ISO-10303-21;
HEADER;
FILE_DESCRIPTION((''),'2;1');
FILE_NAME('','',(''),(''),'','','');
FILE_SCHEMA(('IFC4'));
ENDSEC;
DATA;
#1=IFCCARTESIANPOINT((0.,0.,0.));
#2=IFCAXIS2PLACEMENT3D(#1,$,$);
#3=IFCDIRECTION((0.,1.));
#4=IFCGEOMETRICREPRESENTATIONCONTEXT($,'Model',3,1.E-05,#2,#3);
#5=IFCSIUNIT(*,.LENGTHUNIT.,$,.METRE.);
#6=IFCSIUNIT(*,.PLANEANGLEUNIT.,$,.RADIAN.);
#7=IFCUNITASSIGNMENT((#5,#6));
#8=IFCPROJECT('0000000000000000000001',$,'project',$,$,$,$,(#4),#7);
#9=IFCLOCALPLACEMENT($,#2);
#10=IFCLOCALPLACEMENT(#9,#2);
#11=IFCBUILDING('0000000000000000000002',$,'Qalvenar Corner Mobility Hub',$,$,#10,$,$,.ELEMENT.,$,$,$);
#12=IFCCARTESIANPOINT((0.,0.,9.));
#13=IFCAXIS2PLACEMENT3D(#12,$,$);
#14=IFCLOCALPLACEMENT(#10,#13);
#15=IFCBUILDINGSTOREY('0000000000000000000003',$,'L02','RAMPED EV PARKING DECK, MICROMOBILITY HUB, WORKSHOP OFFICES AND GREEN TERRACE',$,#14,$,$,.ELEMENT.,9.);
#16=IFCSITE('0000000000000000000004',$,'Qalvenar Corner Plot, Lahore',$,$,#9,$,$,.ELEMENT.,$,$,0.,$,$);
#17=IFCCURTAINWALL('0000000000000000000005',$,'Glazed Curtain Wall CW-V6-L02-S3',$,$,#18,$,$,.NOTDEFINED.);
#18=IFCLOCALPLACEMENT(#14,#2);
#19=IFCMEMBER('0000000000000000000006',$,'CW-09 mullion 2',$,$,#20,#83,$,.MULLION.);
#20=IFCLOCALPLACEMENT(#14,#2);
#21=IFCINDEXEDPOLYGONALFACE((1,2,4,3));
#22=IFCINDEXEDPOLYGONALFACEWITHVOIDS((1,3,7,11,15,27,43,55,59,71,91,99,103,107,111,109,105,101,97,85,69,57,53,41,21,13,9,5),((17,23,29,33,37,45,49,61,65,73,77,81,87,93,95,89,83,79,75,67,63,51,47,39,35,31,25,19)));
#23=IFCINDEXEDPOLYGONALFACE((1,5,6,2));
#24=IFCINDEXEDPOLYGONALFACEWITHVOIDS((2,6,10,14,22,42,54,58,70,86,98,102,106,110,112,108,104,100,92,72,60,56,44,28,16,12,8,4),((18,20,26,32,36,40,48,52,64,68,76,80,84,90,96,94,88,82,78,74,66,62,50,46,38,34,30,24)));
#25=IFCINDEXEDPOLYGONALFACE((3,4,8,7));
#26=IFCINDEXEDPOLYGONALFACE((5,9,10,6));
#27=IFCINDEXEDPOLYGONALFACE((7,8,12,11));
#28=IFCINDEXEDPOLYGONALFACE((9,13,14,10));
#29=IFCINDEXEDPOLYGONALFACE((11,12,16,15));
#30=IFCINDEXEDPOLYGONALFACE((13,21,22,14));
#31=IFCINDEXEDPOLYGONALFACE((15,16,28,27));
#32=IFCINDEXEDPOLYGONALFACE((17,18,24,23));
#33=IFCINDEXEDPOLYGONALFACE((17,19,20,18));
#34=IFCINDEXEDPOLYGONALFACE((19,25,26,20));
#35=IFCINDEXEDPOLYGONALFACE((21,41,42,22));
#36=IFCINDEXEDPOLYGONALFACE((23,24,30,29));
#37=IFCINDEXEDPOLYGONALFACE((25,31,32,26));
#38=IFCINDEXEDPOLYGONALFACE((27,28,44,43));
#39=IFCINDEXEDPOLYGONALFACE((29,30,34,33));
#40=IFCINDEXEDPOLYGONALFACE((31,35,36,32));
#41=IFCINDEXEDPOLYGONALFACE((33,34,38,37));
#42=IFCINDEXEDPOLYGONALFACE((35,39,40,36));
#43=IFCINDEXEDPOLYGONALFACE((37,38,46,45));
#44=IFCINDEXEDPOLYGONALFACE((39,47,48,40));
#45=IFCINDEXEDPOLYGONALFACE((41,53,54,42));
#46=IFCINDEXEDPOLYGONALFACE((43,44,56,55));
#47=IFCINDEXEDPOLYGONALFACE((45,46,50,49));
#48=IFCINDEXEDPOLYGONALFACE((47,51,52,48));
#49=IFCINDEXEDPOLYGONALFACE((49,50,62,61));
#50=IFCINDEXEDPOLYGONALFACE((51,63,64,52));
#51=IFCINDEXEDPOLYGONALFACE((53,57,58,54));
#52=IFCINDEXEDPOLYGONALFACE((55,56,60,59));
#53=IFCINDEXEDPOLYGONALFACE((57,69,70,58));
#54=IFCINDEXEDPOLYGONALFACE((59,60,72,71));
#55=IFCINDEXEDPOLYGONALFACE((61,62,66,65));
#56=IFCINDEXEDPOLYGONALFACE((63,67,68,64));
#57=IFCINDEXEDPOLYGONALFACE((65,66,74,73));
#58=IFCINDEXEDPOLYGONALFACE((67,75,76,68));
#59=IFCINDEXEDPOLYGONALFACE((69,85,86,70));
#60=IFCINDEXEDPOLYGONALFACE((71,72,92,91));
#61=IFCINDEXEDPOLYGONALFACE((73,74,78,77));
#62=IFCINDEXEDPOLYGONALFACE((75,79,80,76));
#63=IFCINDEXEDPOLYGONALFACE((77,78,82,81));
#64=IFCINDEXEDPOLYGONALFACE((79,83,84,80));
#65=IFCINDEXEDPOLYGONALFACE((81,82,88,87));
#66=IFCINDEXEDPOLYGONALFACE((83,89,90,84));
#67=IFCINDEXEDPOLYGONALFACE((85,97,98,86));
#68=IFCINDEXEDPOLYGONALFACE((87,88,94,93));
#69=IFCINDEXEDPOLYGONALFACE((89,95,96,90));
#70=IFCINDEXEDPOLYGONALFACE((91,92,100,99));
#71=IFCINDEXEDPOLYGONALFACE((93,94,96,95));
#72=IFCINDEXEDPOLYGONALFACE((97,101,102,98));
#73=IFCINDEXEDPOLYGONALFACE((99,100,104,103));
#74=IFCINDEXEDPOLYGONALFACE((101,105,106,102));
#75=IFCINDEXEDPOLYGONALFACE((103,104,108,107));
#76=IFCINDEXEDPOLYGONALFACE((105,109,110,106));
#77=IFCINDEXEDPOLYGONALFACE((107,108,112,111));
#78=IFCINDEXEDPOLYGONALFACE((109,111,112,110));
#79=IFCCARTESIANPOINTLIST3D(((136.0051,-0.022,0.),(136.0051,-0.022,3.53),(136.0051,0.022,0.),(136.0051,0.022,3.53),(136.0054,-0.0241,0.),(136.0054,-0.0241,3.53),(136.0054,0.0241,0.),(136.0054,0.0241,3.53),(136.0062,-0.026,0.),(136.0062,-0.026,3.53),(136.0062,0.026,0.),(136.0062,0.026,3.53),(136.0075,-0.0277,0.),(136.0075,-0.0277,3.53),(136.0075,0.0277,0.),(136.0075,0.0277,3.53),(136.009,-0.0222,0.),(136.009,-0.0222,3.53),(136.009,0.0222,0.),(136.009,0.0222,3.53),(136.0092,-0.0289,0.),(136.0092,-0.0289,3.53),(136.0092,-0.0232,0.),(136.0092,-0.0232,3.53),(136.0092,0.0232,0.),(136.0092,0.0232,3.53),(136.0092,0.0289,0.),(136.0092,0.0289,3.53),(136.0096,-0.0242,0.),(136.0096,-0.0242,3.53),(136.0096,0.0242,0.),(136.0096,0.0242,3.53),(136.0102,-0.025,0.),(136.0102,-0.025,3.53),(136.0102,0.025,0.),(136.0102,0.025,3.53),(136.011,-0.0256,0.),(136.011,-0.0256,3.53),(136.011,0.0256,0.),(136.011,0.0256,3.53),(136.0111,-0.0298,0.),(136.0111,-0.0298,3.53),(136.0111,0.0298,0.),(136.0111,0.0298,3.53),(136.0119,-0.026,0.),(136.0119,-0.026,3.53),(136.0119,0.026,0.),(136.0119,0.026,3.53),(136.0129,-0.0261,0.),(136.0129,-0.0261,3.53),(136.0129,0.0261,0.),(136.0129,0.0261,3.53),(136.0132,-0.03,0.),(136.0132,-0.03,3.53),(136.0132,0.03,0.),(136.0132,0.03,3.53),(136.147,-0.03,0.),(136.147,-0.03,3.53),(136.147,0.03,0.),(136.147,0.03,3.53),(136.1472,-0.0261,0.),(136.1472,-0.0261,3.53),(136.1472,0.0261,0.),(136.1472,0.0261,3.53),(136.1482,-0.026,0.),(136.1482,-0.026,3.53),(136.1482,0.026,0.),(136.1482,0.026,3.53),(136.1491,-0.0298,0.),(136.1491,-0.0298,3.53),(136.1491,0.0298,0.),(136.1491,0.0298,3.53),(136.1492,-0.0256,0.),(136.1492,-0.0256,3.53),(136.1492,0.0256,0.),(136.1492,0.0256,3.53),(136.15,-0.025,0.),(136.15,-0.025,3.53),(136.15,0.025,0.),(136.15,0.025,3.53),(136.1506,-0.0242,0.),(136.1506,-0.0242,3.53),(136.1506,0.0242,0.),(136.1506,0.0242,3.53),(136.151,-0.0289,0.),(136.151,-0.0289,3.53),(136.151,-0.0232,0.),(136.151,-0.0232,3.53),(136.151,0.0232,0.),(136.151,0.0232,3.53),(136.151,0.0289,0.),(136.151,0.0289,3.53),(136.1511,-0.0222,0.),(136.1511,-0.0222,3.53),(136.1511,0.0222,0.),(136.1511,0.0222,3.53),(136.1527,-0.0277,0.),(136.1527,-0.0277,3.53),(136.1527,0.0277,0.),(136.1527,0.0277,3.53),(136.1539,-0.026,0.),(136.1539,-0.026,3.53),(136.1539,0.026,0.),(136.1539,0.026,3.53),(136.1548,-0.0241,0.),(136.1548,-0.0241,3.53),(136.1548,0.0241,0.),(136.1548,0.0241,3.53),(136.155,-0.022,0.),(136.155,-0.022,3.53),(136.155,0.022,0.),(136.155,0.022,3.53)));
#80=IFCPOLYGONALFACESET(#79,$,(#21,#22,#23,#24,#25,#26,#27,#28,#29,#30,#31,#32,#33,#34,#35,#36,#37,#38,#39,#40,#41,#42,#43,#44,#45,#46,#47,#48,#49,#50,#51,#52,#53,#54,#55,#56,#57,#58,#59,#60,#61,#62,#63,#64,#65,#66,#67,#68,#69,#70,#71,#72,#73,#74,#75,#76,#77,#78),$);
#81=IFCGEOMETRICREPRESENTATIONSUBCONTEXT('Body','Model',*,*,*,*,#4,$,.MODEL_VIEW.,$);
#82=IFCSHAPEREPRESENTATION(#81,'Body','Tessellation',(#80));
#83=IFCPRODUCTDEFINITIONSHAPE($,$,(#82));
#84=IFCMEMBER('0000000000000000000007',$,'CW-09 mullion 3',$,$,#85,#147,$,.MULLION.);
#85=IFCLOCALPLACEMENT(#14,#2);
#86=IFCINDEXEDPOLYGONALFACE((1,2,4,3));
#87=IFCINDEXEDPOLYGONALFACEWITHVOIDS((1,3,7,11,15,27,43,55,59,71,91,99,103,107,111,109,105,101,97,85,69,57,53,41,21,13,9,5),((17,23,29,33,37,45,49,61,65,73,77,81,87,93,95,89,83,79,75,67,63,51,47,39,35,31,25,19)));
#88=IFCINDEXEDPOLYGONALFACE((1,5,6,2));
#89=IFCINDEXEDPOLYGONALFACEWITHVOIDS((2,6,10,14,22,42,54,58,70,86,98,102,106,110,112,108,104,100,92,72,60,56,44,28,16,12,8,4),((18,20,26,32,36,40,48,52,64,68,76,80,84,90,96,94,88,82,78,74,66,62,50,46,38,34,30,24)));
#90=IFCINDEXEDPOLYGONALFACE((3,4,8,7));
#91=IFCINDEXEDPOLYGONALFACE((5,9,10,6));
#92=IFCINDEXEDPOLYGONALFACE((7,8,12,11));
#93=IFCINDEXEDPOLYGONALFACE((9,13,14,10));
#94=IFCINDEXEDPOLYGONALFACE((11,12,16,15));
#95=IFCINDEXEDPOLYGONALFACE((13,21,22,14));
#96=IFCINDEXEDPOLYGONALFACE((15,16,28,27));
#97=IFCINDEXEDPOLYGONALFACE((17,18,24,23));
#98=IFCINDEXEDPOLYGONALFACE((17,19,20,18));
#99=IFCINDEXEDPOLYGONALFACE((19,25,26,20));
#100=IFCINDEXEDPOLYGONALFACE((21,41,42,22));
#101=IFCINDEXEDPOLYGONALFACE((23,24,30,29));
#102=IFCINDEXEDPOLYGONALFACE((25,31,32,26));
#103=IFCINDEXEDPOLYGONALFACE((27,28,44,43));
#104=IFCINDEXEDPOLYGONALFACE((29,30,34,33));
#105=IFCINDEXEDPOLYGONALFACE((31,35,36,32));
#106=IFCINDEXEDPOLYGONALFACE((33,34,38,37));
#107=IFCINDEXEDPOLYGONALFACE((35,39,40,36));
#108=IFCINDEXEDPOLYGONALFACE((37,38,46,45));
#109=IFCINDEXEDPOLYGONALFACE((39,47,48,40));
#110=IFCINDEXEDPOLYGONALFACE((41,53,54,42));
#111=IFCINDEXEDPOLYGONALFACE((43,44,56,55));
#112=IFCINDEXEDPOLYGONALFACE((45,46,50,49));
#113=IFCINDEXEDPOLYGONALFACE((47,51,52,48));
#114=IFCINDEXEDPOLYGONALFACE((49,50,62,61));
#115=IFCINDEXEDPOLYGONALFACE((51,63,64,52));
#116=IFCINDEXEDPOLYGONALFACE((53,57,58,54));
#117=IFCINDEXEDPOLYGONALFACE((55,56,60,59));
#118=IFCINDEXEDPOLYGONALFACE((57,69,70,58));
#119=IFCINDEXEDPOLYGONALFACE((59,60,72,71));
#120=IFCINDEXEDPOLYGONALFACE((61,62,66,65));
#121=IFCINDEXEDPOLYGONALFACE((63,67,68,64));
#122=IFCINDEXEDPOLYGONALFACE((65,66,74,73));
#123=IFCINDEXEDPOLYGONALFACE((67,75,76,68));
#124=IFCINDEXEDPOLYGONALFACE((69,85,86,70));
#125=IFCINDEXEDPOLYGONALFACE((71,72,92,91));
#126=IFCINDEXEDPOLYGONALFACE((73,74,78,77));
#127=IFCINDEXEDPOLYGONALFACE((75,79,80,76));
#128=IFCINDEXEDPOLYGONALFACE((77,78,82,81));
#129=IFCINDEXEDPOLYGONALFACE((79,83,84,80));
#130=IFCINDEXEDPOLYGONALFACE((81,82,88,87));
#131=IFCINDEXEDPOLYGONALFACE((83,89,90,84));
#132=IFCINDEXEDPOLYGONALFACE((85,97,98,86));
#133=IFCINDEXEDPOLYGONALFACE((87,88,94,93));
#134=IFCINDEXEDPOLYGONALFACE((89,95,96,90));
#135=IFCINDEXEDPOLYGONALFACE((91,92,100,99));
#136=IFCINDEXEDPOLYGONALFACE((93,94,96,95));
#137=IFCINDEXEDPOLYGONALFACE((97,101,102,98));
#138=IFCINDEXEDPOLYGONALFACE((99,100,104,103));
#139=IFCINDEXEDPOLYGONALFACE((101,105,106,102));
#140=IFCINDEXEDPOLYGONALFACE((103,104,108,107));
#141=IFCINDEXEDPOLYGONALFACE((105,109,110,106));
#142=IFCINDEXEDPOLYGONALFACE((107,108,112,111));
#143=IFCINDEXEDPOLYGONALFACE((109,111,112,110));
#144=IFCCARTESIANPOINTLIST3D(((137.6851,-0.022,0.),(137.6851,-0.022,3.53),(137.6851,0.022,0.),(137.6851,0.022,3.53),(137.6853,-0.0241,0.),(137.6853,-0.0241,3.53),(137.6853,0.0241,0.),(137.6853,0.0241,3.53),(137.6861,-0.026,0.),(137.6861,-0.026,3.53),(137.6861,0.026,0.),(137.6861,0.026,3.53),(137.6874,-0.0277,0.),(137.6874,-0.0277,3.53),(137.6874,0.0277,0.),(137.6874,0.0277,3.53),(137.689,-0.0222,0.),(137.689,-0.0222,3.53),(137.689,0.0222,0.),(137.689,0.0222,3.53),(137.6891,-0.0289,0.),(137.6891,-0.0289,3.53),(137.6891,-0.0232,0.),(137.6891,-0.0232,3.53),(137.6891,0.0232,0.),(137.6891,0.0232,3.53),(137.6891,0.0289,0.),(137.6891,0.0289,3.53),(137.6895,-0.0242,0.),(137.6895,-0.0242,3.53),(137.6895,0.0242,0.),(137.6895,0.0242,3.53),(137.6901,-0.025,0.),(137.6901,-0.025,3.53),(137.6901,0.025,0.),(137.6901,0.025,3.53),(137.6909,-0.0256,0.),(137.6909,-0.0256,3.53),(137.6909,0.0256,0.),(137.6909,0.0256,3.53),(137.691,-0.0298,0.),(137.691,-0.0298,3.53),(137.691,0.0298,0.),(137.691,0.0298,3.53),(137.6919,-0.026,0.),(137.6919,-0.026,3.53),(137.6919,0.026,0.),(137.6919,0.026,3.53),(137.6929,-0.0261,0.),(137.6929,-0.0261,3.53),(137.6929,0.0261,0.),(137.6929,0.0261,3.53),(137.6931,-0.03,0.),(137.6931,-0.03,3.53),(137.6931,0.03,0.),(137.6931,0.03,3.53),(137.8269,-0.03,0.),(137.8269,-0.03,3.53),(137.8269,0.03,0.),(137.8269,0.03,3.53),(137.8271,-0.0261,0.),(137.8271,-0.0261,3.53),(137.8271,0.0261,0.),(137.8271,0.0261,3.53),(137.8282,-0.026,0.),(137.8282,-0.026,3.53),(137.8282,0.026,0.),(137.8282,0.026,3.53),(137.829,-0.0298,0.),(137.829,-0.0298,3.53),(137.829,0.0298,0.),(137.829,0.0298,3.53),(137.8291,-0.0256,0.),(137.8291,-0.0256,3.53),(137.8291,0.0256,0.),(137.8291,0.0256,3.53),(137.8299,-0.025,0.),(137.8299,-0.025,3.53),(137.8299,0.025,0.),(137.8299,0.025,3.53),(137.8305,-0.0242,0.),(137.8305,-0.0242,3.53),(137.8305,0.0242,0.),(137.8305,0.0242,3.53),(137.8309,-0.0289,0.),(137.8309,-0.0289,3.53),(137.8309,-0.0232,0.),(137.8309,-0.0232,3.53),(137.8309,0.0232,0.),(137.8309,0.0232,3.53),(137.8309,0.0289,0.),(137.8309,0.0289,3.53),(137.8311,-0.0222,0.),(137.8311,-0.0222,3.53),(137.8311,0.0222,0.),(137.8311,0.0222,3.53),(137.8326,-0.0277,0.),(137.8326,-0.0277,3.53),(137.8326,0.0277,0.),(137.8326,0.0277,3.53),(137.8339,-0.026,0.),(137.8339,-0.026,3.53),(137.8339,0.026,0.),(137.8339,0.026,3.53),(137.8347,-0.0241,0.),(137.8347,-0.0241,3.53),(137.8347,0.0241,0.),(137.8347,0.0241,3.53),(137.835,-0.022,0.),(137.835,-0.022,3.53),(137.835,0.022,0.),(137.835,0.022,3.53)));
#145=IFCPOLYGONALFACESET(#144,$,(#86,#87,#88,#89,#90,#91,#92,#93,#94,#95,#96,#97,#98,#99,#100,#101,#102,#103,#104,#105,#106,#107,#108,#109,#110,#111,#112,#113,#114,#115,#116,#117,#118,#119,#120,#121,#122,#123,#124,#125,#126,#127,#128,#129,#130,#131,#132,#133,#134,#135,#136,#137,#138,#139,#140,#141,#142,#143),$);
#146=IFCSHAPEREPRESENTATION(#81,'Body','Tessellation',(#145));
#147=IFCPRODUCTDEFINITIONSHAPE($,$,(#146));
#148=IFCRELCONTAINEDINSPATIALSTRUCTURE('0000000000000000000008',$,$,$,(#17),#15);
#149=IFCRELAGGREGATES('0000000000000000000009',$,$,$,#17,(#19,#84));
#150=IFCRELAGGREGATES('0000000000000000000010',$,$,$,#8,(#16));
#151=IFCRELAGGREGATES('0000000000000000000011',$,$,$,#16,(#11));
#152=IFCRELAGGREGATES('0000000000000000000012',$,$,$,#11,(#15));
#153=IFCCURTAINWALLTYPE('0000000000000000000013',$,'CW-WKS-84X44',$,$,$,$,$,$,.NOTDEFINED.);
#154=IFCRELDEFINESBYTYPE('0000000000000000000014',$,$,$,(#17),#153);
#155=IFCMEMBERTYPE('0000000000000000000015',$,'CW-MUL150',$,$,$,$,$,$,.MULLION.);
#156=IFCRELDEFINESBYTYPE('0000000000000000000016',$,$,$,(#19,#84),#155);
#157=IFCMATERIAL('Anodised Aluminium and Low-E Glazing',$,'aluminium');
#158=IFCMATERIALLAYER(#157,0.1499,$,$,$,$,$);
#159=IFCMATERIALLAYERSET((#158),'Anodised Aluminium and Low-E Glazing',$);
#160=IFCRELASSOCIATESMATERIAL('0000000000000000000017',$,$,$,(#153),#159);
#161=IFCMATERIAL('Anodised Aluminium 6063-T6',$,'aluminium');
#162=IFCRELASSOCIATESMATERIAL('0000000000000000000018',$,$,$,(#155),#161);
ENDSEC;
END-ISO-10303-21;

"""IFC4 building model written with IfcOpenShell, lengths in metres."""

from ifc_helpers import new_model, si_unit, direction, frame, origin, origin_2d, place, context, subcontext, project, spatial, hollow_rectangle, extrude, material, layer, layer_set, material_profile, profile_set, type_object, element, aggregate, save


model = new_model("IFC4")

# Units and contexts
model_context = context("Model", 3, precision=1e-05, world=origin(), true_north=direction((0.0, 1.0)))
body_context = subcontext(model_context, "Body", "Model", "MODEL_VIEW")
ifc_project = project(units=[si_unit("LENGTHUNIT", "METRE"), si_unit("PLANEANGLEUNIT", "RADIAN")], contexts=[model_context])

# Site, building, storey
site_placement = place(None, origin())
site = spatial("IfcSite", under=ifc_project, at=site_placement, Name="Qalvenar Corner Plot, Lahore", CompositionType="ELEMENT", RefElevation=0.0)
building_placement = place(site_placement, origin())
building = spatial("IfcBuilding", under=site, at=building_placement, Name="Qalvenar Corner Mobility Hub", CompositionType="ELEMENT")
storey_placement = place(building_placement, frame((0.0, 0.0, 9.0)))
storey = spatial("IfcBuildingStorey", under=building, at=storey_placement, Name="L02", Description="RAMPED EV PARKING DECK, MICROMOBILITY HUB, WORKSHOP OFFICES AND GREEN TERRACE", CompositionType="ELEMENT", Elevation=9.0)

# Curtain wall, members
ifc_material_1 = material(Name="Anodised Aluminium and Low-E Glazing", Category="aluminium")
ifc_layer_1 = layer(ifc_material_1, 0.1499)
ifc_layer_set_1 = layer_set([ifc_layer_1], Name="Anodised Aluminium and Low-E Glazing")
curtain_wall_type = type_object("IfcCurtainWallType", Name="CW-WKS-84X44", PredefinedType="NOTDEFINED", material=ifc_layer_set_1)
curtain_wall_placement = place(storey_placement, origin())
curtain_wall = element("IfcCurtainWall", 1, at=curtain_wall_placement, inside=storey, type_object=curtain_wall_type, Name="Glazed Curtain Wall CW-V6-L02-S3", PredefinedType="NOTDEFINED")
ifc_material_2 = material(Name="Anodised Aluminium 6063-T6", Category="aluminium")
ifc_material_profile_1 = material_profile(ifc_material_2, hollow_rectangle(XDim=0.0601, YDim=0.1499, WallThickness=0.0039, InnerFilletRadius=0.0039, OuterFilletRadius=0.0081, at=origin_2d()), Name="RHS150x60x4")
ifc_profile_set_1 = profile_set([ifc_material_profile_1], Name="Anodised Aluminium 6063-T6")
member_type_1 = type_object("IfcMemberType", Name="CW-MUL150", PredefinedType="MULLION", material=ifc_profile_set_1)
member_1_placement = place(storey_placement, frame((136.0801, 0.0, 0.0), z_axis=(0.0, 0.0, 1.0), x_axis=(0.0, 1.0, 0.0)))
member_1 = element("IfcMember", 2, at=member_1_placement, type_object=member_type_1, Name="CW-09 mullion 2", PredefinedType="MULLION", context=body_context, shape_type="SweptSolid", body=[
    extrude(hollow_rectangle(XDim=0.0601, YDim=0.1499, WallThickness=0.0039, InnerFilletRadius=0.0039, OuterFilletRadius=0.0081, at=origin_2d()), origin(), (0.0, 0.0, 1.0), 3.53),
])
member_2_placement = place(storey_placement, frame((137.76, 0.0, 0.0), z_axis=(0.0, 0.0, 1.0), x_axis=(0.0, 1.0, 0.0)))
member_2 = element("IfcMember", 3, at=member_2_placement, type_object=member_type_1, Name="CW-09 mullion 3", PredefinedType="MULLION", context=body_context, shape_type="SweptSolid", body=[
    extrude(hollow_rectangle(XDim=0.0601, YDim=0.1499, WallThickness=0.0039, InnerFilletRadius=0.0039, OuterFilletRadius=0.0081, at=origin_2d()), origin(), (0.0, 0.0, 1.0), 3.53),
])
aggregate(curtain_wall, [member_1, member_2])

save(model, "model.ifc")
